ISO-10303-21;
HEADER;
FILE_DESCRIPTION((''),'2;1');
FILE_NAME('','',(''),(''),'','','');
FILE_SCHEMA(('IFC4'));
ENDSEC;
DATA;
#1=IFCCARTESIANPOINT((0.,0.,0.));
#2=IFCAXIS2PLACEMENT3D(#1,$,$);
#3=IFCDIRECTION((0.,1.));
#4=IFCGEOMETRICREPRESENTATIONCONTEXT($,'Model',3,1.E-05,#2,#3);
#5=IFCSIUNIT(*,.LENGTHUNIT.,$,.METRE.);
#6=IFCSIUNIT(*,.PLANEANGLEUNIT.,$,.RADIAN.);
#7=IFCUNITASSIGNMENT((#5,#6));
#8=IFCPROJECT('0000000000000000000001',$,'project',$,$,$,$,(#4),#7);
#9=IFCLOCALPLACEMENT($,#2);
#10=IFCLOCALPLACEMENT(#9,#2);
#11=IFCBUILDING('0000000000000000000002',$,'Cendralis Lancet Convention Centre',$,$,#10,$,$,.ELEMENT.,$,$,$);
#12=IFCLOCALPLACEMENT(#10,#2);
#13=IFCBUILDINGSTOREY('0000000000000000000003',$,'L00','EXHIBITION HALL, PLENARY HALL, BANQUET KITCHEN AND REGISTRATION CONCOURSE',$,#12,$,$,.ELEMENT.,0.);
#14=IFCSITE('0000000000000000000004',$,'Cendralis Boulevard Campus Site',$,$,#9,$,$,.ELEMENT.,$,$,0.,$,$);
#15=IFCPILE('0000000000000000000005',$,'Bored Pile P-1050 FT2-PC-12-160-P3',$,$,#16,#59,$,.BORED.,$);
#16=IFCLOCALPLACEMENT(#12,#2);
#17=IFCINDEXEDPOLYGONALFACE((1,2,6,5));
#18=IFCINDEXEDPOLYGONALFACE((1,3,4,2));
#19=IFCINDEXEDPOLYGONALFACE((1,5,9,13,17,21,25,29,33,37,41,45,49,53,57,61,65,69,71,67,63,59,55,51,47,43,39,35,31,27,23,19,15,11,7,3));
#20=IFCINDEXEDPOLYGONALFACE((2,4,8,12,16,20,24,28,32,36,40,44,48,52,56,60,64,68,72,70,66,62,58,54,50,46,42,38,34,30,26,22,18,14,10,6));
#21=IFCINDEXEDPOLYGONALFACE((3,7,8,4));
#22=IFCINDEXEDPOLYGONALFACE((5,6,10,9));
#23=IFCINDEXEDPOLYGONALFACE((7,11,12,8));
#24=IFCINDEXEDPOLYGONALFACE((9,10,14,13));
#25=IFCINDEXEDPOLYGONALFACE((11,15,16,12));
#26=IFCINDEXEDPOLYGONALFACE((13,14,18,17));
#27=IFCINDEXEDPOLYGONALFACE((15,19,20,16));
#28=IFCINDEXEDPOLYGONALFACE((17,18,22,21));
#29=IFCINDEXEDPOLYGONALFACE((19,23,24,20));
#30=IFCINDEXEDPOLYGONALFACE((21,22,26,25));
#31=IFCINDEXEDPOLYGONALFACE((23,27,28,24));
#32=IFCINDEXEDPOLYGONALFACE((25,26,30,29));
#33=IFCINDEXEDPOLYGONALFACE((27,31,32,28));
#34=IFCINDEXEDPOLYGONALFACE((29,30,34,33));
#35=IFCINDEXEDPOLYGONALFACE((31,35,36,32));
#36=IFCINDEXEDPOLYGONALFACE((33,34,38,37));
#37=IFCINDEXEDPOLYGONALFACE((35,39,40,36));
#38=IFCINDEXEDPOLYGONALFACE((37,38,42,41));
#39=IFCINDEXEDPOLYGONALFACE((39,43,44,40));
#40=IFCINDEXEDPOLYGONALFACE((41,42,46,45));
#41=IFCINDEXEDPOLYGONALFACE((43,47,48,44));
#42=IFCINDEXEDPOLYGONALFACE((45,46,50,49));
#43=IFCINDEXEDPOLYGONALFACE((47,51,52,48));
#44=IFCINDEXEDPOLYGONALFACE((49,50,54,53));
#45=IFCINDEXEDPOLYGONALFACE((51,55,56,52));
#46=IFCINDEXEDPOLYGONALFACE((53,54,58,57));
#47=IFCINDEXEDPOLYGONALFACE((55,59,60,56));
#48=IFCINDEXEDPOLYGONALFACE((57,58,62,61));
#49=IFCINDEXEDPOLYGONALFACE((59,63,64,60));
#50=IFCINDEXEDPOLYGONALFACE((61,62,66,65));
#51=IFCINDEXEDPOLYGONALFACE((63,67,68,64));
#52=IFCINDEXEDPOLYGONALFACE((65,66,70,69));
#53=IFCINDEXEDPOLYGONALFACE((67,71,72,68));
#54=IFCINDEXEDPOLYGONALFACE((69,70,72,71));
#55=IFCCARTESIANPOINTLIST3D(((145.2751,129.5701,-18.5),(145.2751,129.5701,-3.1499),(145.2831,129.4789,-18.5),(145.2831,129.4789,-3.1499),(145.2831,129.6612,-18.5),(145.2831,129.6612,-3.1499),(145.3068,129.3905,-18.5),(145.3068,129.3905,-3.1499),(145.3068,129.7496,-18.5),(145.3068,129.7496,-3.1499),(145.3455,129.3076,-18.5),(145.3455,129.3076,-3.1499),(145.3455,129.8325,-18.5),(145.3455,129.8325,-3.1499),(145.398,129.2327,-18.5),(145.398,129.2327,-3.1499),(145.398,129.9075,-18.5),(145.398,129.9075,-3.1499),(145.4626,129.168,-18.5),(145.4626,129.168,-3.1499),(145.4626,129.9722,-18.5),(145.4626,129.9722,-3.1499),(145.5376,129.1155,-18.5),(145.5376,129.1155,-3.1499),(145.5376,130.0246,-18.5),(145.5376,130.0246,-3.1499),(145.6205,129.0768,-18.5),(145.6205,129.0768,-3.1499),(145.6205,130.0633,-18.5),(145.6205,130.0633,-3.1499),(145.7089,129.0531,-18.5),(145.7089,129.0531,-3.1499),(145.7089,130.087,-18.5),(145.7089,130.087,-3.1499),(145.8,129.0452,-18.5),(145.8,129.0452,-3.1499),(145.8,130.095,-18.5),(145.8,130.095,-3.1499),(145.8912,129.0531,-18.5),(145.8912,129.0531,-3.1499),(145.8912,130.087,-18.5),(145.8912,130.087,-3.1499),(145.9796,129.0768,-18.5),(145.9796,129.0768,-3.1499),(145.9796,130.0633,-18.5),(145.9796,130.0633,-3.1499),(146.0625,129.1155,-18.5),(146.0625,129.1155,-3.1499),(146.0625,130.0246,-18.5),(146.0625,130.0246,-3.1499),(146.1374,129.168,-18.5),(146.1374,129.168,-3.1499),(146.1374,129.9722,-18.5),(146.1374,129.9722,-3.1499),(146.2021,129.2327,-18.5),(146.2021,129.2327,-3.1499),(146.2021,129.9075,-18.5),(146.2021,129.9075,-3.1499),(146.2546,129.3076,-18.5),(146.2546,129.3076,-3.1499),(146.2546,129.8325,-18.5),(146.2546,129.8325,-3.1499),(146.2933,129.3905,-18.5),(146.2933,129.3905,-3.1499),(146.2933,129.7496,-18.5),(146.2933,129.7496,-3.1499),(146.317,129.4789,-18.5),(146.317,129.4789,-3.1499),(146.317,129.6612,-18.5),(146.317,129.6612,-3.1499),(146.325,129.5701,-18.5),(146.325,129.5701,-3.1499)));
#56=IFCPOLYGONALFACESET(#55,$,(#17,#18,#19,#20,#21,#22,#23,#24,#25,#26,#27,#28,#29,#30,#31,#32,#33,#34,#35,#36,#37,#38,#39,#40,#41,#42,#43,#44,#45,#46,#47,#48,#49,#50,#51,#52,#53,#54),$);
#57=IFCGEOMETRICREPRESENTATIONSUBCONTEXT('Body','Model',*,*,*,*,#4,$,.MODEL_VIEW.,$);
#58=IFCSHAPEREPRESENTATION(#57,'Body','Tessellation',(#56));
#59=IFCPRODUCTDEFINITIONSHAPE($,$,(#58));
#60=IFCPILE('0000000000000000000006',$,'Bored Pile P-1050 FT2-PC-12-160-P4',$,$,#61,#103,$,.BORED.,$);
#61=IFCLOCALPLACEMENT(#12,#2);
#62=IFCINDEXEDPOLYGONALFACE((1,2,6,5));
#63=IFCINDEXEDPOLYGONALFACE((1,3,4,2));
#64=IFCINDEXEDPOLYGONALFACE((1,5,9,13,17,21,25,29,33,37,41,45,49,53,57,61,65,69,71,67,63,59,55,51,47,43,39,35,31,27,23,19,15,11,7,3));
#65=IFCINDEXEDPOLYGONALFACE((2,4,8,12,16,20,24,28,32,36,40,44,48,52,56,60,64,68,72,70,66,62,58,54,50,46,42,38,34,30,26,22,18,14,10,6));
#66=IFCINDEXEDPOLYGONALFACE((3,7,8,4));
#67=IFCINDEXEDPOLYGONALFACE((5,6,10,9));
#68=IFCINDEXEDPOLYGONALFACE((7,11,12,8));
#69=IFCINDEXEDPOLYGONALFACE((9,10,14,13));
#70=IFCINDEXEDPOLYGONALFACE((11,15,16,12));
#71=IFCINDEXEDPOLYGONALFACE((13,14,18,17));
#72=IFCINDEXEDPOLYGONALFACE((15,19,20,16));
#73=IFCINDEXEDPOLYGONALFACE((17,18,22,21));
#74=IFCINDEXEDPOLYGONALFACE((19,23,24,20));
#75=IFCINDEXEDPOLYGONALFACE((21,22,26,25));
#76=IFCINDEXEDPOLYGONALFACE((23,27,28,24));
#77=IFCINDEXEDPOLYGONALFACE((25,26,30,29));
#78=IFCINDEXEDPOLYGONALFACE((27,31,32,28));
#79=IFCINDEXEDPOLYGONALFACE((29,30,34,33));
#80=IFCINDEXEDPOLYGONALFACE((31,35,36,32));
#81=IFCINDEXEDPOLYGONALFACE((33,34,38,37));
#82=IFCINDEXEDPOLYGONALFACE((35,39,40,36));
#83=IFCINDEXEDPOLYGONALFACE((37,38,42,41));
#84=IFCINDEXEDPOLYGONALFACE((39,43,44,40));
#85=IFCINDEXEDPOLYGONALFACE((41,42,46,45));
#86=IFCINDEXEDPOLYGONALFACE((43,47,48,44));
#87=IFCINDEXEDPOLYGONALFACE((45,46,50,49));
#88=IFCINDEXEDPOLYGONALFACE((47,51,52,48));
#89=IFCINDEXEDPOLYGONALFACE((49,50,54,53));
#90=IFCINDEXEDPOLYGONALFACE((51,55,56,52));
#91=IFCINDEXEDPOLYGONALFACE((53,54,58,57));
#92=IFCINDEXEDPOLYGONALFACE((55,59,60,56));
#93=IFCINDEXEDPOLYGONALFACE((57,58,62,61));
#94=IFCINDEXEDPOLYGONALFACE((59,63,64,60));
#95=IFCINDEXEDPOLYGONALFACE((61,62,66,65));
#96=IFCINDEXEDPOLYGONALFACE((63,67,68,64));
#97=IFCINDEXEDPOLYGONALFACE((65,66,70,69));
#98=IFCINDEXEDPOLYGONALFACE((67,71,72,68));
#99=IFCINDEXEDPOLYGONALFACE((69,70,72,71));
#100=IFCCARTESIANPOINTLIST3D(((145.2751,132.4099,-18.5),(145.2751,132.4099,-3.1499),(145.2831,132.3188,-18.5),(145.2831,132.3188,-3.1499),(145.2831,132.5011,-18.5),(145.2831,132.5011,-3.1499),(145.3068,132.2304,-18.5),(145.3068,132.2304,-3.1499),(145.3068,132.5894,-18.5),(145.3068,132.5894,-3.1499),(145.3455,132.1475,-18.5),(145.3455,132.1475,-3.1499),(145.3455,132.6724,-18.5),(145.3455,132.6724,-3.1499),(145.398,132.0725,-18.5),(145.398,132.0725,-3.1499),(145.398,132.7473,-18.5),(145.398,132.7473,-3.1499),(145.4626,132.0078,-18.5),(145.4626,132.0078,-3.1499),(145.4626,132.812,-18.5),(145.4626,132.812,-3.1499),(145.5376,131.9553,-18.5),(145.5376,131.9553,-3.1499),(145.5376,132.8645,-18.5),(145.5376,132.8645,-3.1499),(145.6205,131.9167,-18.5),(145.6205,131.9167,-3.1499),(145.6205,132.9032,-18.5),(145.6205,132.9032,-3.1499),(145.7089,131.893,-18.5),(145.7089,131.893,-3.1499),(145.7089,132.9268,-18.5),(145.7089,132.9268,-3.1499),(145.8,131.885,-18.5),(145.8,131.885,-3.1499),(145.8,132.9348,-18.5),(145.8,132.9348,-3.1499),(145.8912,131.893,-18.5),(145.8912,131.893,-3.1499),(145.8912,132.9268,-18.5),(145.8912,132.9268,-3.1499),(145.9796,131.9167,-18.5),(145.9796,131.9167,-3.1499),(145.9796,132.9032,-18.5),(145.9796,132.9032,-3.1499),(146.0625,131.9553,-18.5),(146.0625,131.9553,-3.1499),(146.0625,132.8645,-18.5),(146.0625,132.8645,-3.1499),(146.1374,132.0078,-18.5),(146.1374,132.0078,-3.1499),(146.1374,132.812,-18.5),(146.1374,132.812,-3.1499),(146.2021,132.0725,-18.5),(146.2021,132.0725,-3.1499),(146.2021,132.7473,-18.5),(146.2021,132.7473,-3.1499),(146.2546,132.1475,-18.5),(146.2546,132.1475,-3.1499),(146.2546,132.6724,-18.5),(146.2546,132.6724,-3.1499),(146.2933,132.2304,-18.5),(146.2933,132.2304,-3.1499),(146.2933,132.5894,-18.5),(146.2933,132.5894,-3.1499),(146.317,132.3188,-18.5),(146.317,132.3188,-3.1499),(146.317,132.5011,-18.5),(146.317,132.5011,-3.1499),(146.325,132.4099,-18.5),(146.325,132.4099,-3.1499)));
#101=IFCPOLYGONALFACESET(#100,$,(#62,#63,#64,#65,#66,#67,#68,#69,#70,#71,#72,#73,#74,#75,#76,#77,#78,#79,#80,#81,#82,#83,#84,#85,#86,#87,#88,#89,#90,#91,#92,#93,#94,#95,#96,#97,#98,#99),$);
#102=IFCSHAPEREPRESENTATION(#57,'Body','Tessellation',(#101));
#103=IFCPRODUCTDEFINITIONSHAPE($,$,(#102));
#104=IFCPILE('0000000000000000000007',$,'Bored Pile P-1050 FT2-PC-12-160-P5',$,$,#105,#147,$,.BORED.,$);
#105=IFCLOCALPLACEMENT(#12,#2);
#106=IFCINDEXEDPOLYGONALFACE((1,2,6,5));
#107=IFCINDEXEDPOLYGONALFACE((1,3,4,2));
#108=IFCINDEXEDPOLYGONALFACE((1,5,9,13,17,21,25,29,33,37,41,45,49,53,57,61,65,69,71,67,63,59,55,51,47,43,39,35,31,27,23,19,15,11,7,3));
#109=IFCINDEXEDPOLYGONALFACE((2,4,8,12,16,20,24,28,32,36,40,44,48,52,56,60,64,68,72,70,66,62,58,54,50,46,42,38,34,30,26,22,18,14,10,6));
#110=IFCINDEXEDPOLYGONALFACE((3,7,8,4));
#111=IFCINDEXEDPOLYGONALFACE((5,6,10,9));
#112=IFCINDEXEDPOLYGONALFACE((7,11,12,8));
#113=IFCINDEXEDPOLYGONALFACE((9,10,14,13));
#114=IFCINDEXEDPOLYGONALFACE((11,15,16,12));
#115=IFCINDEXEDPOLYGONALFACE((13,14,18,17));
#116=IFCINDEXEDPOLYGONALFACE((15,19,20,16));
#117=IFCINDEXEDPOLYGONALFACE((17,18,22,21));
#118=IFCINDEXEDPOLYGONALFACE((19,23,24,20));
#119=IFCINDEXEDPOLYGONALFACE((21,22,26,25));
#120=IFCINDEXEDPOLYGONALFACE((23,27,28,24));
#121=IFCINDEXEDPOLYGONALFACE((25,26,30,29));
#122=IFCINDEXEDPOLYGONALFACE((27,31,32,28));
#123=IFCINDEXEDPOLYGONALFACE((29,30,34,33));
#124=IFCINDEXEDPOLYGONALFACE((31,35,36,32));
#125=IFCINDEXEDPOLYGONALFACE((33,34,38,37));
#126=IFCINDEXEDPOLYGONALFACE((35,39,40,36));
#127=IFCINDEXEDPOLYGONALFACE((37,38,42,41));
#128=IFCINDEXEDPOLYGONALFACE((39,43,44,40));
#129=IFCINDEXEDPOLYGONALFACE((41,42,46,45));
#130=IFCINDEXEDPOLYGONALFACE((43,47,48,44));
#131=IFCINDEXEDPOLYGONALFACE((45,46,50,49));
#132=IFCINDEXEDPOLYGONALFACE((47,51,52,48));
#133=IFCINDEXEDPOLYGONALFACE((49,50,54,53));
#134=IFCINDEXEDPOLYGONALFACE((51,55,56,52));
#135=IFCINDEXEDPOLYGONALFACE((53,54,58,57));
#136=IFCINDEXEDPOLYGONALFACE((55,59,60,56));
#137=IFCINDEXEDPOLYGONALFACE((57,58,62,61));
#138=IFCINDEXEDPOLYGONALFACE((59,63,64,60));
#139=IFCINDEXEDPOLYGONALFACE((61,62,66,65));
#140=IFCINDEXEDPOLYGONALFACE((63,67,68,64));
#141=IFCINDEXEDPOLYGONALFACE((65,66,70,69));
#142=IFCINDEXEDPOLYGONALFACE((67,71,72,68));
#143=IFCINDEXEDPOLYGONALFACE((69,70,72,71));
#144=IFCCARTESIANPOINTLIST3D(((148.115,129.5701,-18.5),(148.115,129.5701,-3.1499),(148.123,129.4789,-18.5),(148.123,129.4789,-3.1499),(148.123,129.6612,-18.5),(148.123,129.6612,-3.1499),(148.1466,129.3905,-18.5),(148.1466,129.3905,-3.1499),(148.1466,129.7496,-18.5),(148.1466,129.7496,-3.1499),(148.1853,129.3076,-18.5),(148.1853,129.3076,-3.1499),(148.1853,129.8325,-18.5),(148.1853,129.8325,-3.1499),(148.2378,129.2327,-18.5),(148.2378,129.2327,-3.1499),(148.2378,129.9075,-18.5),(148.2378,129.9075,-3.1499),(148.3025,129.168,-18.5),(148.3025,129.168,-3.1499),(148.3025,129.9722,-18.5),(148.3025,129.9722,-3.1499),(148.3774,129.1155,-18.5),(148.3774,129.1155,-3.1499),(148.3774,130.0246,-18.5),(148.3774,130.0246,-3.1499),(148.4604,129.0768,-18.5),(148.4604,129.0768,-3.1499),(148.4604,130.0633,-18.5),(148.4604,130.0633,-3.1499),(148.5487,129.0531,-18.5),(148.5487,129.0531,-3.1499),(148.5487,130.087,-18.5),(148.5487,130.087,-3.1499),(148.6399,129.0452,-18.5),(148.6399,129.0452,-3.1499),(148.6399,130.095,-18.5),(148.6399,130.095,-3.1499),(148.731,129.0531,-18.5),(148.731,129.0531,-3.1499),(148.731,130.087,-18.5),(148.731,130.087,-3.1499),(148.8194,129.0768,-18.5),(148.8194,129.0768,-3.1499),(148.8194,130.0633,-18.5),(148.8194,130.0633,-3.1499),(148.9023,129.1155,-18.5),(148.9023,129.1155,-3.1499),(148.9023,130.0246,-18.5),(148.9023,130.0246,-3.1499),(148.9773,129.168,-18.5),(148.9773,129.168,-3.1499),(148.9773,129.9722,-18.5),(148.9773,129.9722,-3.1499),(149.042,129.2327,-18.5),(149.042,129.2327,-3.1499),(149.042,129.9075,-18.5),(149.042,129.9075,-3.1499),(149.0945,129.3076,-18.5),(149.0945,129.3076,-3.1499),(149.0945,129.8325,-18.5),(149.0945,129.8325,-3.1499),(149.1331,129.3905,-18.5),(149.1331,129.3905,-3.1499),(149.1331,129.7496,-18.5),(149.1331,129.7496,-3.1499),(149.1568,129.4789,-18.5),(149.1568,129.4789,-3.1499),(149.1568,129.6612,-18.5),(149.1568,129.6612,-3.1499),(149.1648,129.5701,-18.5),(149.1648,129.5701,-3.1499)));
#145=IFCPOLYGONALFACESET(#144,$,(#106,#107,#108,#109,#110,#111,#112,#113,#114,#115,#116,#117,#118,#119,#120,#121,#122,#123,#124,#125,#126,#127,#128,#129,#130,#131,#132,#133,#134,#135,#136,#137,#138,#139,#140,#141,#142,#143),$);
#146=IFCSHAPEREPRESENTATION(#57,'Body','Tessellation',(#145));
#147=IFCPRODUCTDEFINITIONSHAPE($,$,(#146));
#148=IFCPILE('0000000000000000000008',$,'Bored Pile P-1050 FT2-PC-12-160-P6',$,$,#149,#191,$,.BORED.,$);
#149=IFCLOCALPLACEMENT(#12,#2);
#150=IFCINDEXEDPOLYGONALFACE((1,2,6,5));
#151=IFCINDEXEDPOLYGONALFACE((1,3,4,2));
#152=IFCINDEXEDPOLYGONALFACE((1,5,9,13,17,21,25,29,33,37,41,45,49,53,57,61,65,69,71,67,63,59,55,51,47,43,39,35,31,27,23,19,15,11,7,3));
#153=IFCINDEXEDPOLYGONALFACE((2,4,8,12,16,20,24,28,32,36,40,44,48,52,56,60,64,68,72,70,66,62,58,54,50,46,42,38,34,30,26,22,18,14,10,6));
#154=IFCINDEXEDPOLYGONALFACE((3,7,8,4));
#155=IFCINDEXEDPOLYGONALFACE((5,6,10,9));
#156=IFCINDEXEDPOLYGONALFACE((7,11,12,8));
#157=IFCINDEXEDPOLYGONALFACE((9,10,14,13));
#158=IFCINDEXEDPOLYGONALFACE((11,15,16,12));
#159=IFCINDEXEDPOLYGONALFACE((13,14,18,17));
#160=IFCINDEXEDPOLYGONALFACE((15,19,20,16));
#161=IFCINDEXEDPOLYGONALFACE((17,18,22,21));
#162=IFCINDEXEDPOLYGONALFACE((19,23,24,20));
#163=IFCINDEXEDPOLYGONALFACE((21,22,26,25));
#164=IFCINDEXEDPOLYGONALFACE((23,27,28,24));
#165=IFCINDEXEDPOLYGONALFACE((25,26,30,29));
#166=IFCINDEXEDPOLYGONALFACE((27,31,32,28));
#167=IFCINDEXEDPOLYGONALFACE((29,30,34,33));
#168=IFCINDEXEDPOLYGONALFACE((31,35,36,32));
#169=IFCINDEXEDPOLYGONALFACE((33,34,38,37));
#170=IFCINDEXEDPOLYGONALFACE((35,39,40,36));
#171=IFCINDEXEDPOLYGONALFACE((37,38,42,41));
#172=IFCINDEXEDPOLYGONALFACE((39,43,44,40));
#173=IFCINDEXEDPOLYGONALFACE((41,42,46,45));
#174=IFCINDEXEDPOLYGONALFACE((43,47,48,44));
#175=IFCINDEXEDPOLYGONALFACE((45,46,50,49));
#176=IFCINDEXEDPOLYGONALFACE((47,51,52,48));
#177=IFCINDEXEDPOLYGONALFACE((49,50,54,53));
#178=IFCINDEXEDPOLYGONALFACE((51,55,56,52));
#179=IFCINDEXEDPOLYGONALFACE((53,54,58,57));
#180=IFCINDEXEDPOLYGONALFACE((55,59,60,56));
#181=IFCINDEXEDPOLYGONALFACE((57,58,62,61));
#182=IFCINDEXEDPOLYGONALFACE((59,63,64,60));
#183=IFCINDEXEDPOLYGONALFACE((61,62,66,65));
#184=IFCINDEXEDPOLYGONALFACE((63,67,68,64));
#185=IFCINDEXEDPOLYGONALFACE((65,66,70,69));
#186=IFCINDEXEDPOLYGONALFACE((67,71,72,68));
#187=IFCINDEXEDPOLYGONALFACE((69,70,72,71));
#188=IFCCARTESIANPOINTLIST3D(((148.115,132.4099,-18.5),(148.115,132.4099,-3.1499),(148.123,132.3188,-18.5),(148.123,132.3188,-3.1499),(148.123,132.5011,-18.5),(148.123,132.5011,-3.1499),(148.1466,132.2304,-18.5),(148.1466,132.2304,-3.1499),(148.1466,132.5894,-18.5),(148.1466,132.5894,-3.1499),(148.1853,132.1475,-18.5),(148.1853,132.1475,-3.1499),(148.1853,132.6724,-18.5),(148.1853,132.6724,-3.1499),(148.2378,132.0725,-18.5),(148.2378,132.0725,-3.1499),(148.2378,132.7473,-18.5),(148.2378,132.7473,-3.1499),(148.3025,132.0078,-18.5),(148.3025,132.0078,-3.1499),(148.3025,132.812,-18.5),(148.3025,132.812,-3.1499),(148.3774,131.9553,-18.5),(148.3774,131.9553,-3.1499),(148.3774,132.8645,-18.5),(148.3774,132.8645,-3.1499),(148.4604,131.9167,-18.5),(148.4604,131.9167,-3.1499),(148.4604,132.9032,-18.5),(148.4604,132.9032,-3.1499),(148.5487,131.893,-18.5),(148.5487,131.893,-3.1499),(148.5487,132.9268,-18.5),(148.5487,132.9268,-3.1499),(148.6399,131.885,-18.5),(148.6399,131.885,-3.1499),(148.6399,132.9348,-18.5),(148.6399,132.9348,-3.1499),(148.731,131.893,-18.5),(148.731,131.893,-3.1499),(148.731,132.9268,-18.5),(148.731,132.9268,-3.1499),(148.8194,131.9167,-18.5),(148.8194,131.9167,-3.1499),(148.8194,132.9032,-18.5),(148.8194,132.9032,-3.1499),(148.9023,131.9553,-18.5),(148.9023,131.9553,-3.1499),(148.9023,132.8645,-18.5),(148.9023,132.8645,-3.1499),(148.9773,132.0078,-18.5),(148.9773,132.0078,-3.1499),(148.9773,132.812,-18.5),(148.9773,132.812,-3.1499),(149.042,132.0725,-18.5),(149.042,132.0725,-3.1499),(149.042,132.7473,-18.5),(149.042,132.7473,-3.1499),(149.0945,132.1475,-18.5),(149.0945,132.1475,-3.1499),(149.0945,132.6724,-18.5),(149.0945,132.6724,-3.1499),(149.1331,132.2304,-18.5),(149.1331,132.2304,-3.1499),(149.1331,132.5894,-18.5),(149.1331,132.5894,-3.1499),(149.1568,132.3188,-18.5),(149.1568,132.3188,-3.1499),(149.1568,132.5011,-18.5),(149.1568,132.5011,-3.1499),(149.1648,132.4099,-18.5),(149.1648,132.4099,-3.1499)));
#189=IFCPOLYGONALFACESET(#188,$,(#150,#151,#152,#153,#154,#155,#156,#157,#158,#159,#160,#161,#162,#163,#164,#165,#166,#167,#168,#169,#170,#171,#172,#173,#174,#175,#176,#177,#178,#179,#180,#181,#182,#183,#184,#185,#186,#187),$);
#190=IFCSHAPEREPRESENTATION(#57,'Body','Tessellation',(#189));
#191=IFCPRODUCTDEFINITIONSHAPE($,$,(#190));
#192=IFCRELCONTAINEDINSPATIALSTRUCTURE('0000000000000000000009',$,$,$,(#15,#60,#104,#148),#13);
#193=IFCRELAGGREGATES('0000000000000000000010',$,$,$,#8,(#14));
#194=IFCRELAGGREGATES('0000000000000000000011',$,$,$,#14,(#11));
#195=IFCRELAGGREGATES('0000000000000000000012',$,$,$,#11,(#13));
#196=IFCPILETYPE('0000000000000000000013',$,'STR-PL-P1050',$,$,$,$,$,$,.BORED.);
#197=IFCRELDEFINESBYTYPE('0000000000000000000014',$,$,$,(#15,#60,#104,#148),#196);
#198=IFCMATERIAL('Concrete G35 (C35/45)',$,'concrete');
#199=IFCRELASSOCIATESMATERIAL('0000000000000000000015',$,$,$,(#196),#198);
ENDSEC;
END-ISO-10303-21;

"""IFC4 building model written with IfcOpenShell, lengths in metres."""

from ifc_helpers import new_model, si_unit, direction, frame, origin, origin_2d, place, context, subcontext, project, spatial, circle, extrude, material, material_profile, profile_set, type_object, element, save


model = new_model("IFC4")

# Units and contexts
model_context = context("Model", 3, precision=1e-05, world=origin(), true_north=direction((0.0, 1.0)))
body_context = subcontext(model_context, "Body", "Model", "MODEL_VIEW")
ifc_project = project(units=[si_unit("LENGTHUNIT", "METRE"), si_unit("PLANEANGLEUNIT", "RADIAN")], contexts=[model_context])

# Site, building, storey
site_placement = place(None, origin())
site = spatial("IfcSite", under=ifc_project, at=site_placement, Name="Cendralis Boulevard Campus Site", CompositionType="ELEMENT", RefElevation=0.0)
building_placement = place(site_placement, origin())
building = spatial("IfcBuilding", under=site, at=building_placement, Name="Cendralis Lancet Convention Centre", CompositionType="ELEMENT")
storey_placement = place(building_placement, origin())
storey = spatial("IfcBuildingStorey", under=building, at=storey_placement, Name="L00", Description="EXHIBITION HALL, PLENARY HALL, BANQUET KITCHEN AND REGISTRATION CONCOURSE", CompositionType="ELEMENT", Elevation=0.0)

# Shared definitions
ifc_material_1 = material(Name="Concrete G35 (C35/45)", Category="concrete")

# Piles
ifc_material_profile_1 = material_profile(ifc_material_1, circle(Radius=0.5249, at=origin_2d()), Name="BORED PILE D1050")
ifc_profile_set_1 = profile_set([ifc_material_profile_1], Name="Concrete G35 (C35/45)")
pile_type_1 = type_object("IfcPileType", Name="STR-PL-P1050", PredefinedType="BORED", material=ifc_profile_set_1)
for number, where, z_axis, x_axis, name in (
    (1, (145.8, 129.5701, -3.1499), (0.0, 0.0, -1.0), (1.0, 0.0, 0.0), "Bored Pile P-1050 FT2-PC-12-160-P3"),
    (2, (145.8, 132.4099, -3.1499), (0.0, 0.0, -1.0), (1.0, 0.0, 0.0), "Bored Pile P-1050 FT2-PC-12-160-P4"),
    (3, (148.6399, 129.5701, -3.1499), (0.0, 0.0, -1.0), (1.0, 0.0, 0.0), "Bored Pile P-1050 FT2-PC-12-160-P5"),
    (4, (148.6399, 132.4099, -3.1499), (0.0, 0.0, -1.0), (1.0, 0.0, 0.0), "Bored Pile P-1050 FT2-PC-12-160-P6"),
):
    element("IfcPile", number, at=place(storey_placement, frame(where, z_axis=z_axis, x_axis=x_axis)), inside=storey, type_object=pile_type_1, Name=name, PredefinedType="BORED", context=body_context, shape_type="SweptSolid", body=[
        extrude(circle(Radius=0.5249, at=origin_2d()), origin(), (0.0, 0.0, 1.0), 15.3501),
    ])

save(model, "model.ifc")
